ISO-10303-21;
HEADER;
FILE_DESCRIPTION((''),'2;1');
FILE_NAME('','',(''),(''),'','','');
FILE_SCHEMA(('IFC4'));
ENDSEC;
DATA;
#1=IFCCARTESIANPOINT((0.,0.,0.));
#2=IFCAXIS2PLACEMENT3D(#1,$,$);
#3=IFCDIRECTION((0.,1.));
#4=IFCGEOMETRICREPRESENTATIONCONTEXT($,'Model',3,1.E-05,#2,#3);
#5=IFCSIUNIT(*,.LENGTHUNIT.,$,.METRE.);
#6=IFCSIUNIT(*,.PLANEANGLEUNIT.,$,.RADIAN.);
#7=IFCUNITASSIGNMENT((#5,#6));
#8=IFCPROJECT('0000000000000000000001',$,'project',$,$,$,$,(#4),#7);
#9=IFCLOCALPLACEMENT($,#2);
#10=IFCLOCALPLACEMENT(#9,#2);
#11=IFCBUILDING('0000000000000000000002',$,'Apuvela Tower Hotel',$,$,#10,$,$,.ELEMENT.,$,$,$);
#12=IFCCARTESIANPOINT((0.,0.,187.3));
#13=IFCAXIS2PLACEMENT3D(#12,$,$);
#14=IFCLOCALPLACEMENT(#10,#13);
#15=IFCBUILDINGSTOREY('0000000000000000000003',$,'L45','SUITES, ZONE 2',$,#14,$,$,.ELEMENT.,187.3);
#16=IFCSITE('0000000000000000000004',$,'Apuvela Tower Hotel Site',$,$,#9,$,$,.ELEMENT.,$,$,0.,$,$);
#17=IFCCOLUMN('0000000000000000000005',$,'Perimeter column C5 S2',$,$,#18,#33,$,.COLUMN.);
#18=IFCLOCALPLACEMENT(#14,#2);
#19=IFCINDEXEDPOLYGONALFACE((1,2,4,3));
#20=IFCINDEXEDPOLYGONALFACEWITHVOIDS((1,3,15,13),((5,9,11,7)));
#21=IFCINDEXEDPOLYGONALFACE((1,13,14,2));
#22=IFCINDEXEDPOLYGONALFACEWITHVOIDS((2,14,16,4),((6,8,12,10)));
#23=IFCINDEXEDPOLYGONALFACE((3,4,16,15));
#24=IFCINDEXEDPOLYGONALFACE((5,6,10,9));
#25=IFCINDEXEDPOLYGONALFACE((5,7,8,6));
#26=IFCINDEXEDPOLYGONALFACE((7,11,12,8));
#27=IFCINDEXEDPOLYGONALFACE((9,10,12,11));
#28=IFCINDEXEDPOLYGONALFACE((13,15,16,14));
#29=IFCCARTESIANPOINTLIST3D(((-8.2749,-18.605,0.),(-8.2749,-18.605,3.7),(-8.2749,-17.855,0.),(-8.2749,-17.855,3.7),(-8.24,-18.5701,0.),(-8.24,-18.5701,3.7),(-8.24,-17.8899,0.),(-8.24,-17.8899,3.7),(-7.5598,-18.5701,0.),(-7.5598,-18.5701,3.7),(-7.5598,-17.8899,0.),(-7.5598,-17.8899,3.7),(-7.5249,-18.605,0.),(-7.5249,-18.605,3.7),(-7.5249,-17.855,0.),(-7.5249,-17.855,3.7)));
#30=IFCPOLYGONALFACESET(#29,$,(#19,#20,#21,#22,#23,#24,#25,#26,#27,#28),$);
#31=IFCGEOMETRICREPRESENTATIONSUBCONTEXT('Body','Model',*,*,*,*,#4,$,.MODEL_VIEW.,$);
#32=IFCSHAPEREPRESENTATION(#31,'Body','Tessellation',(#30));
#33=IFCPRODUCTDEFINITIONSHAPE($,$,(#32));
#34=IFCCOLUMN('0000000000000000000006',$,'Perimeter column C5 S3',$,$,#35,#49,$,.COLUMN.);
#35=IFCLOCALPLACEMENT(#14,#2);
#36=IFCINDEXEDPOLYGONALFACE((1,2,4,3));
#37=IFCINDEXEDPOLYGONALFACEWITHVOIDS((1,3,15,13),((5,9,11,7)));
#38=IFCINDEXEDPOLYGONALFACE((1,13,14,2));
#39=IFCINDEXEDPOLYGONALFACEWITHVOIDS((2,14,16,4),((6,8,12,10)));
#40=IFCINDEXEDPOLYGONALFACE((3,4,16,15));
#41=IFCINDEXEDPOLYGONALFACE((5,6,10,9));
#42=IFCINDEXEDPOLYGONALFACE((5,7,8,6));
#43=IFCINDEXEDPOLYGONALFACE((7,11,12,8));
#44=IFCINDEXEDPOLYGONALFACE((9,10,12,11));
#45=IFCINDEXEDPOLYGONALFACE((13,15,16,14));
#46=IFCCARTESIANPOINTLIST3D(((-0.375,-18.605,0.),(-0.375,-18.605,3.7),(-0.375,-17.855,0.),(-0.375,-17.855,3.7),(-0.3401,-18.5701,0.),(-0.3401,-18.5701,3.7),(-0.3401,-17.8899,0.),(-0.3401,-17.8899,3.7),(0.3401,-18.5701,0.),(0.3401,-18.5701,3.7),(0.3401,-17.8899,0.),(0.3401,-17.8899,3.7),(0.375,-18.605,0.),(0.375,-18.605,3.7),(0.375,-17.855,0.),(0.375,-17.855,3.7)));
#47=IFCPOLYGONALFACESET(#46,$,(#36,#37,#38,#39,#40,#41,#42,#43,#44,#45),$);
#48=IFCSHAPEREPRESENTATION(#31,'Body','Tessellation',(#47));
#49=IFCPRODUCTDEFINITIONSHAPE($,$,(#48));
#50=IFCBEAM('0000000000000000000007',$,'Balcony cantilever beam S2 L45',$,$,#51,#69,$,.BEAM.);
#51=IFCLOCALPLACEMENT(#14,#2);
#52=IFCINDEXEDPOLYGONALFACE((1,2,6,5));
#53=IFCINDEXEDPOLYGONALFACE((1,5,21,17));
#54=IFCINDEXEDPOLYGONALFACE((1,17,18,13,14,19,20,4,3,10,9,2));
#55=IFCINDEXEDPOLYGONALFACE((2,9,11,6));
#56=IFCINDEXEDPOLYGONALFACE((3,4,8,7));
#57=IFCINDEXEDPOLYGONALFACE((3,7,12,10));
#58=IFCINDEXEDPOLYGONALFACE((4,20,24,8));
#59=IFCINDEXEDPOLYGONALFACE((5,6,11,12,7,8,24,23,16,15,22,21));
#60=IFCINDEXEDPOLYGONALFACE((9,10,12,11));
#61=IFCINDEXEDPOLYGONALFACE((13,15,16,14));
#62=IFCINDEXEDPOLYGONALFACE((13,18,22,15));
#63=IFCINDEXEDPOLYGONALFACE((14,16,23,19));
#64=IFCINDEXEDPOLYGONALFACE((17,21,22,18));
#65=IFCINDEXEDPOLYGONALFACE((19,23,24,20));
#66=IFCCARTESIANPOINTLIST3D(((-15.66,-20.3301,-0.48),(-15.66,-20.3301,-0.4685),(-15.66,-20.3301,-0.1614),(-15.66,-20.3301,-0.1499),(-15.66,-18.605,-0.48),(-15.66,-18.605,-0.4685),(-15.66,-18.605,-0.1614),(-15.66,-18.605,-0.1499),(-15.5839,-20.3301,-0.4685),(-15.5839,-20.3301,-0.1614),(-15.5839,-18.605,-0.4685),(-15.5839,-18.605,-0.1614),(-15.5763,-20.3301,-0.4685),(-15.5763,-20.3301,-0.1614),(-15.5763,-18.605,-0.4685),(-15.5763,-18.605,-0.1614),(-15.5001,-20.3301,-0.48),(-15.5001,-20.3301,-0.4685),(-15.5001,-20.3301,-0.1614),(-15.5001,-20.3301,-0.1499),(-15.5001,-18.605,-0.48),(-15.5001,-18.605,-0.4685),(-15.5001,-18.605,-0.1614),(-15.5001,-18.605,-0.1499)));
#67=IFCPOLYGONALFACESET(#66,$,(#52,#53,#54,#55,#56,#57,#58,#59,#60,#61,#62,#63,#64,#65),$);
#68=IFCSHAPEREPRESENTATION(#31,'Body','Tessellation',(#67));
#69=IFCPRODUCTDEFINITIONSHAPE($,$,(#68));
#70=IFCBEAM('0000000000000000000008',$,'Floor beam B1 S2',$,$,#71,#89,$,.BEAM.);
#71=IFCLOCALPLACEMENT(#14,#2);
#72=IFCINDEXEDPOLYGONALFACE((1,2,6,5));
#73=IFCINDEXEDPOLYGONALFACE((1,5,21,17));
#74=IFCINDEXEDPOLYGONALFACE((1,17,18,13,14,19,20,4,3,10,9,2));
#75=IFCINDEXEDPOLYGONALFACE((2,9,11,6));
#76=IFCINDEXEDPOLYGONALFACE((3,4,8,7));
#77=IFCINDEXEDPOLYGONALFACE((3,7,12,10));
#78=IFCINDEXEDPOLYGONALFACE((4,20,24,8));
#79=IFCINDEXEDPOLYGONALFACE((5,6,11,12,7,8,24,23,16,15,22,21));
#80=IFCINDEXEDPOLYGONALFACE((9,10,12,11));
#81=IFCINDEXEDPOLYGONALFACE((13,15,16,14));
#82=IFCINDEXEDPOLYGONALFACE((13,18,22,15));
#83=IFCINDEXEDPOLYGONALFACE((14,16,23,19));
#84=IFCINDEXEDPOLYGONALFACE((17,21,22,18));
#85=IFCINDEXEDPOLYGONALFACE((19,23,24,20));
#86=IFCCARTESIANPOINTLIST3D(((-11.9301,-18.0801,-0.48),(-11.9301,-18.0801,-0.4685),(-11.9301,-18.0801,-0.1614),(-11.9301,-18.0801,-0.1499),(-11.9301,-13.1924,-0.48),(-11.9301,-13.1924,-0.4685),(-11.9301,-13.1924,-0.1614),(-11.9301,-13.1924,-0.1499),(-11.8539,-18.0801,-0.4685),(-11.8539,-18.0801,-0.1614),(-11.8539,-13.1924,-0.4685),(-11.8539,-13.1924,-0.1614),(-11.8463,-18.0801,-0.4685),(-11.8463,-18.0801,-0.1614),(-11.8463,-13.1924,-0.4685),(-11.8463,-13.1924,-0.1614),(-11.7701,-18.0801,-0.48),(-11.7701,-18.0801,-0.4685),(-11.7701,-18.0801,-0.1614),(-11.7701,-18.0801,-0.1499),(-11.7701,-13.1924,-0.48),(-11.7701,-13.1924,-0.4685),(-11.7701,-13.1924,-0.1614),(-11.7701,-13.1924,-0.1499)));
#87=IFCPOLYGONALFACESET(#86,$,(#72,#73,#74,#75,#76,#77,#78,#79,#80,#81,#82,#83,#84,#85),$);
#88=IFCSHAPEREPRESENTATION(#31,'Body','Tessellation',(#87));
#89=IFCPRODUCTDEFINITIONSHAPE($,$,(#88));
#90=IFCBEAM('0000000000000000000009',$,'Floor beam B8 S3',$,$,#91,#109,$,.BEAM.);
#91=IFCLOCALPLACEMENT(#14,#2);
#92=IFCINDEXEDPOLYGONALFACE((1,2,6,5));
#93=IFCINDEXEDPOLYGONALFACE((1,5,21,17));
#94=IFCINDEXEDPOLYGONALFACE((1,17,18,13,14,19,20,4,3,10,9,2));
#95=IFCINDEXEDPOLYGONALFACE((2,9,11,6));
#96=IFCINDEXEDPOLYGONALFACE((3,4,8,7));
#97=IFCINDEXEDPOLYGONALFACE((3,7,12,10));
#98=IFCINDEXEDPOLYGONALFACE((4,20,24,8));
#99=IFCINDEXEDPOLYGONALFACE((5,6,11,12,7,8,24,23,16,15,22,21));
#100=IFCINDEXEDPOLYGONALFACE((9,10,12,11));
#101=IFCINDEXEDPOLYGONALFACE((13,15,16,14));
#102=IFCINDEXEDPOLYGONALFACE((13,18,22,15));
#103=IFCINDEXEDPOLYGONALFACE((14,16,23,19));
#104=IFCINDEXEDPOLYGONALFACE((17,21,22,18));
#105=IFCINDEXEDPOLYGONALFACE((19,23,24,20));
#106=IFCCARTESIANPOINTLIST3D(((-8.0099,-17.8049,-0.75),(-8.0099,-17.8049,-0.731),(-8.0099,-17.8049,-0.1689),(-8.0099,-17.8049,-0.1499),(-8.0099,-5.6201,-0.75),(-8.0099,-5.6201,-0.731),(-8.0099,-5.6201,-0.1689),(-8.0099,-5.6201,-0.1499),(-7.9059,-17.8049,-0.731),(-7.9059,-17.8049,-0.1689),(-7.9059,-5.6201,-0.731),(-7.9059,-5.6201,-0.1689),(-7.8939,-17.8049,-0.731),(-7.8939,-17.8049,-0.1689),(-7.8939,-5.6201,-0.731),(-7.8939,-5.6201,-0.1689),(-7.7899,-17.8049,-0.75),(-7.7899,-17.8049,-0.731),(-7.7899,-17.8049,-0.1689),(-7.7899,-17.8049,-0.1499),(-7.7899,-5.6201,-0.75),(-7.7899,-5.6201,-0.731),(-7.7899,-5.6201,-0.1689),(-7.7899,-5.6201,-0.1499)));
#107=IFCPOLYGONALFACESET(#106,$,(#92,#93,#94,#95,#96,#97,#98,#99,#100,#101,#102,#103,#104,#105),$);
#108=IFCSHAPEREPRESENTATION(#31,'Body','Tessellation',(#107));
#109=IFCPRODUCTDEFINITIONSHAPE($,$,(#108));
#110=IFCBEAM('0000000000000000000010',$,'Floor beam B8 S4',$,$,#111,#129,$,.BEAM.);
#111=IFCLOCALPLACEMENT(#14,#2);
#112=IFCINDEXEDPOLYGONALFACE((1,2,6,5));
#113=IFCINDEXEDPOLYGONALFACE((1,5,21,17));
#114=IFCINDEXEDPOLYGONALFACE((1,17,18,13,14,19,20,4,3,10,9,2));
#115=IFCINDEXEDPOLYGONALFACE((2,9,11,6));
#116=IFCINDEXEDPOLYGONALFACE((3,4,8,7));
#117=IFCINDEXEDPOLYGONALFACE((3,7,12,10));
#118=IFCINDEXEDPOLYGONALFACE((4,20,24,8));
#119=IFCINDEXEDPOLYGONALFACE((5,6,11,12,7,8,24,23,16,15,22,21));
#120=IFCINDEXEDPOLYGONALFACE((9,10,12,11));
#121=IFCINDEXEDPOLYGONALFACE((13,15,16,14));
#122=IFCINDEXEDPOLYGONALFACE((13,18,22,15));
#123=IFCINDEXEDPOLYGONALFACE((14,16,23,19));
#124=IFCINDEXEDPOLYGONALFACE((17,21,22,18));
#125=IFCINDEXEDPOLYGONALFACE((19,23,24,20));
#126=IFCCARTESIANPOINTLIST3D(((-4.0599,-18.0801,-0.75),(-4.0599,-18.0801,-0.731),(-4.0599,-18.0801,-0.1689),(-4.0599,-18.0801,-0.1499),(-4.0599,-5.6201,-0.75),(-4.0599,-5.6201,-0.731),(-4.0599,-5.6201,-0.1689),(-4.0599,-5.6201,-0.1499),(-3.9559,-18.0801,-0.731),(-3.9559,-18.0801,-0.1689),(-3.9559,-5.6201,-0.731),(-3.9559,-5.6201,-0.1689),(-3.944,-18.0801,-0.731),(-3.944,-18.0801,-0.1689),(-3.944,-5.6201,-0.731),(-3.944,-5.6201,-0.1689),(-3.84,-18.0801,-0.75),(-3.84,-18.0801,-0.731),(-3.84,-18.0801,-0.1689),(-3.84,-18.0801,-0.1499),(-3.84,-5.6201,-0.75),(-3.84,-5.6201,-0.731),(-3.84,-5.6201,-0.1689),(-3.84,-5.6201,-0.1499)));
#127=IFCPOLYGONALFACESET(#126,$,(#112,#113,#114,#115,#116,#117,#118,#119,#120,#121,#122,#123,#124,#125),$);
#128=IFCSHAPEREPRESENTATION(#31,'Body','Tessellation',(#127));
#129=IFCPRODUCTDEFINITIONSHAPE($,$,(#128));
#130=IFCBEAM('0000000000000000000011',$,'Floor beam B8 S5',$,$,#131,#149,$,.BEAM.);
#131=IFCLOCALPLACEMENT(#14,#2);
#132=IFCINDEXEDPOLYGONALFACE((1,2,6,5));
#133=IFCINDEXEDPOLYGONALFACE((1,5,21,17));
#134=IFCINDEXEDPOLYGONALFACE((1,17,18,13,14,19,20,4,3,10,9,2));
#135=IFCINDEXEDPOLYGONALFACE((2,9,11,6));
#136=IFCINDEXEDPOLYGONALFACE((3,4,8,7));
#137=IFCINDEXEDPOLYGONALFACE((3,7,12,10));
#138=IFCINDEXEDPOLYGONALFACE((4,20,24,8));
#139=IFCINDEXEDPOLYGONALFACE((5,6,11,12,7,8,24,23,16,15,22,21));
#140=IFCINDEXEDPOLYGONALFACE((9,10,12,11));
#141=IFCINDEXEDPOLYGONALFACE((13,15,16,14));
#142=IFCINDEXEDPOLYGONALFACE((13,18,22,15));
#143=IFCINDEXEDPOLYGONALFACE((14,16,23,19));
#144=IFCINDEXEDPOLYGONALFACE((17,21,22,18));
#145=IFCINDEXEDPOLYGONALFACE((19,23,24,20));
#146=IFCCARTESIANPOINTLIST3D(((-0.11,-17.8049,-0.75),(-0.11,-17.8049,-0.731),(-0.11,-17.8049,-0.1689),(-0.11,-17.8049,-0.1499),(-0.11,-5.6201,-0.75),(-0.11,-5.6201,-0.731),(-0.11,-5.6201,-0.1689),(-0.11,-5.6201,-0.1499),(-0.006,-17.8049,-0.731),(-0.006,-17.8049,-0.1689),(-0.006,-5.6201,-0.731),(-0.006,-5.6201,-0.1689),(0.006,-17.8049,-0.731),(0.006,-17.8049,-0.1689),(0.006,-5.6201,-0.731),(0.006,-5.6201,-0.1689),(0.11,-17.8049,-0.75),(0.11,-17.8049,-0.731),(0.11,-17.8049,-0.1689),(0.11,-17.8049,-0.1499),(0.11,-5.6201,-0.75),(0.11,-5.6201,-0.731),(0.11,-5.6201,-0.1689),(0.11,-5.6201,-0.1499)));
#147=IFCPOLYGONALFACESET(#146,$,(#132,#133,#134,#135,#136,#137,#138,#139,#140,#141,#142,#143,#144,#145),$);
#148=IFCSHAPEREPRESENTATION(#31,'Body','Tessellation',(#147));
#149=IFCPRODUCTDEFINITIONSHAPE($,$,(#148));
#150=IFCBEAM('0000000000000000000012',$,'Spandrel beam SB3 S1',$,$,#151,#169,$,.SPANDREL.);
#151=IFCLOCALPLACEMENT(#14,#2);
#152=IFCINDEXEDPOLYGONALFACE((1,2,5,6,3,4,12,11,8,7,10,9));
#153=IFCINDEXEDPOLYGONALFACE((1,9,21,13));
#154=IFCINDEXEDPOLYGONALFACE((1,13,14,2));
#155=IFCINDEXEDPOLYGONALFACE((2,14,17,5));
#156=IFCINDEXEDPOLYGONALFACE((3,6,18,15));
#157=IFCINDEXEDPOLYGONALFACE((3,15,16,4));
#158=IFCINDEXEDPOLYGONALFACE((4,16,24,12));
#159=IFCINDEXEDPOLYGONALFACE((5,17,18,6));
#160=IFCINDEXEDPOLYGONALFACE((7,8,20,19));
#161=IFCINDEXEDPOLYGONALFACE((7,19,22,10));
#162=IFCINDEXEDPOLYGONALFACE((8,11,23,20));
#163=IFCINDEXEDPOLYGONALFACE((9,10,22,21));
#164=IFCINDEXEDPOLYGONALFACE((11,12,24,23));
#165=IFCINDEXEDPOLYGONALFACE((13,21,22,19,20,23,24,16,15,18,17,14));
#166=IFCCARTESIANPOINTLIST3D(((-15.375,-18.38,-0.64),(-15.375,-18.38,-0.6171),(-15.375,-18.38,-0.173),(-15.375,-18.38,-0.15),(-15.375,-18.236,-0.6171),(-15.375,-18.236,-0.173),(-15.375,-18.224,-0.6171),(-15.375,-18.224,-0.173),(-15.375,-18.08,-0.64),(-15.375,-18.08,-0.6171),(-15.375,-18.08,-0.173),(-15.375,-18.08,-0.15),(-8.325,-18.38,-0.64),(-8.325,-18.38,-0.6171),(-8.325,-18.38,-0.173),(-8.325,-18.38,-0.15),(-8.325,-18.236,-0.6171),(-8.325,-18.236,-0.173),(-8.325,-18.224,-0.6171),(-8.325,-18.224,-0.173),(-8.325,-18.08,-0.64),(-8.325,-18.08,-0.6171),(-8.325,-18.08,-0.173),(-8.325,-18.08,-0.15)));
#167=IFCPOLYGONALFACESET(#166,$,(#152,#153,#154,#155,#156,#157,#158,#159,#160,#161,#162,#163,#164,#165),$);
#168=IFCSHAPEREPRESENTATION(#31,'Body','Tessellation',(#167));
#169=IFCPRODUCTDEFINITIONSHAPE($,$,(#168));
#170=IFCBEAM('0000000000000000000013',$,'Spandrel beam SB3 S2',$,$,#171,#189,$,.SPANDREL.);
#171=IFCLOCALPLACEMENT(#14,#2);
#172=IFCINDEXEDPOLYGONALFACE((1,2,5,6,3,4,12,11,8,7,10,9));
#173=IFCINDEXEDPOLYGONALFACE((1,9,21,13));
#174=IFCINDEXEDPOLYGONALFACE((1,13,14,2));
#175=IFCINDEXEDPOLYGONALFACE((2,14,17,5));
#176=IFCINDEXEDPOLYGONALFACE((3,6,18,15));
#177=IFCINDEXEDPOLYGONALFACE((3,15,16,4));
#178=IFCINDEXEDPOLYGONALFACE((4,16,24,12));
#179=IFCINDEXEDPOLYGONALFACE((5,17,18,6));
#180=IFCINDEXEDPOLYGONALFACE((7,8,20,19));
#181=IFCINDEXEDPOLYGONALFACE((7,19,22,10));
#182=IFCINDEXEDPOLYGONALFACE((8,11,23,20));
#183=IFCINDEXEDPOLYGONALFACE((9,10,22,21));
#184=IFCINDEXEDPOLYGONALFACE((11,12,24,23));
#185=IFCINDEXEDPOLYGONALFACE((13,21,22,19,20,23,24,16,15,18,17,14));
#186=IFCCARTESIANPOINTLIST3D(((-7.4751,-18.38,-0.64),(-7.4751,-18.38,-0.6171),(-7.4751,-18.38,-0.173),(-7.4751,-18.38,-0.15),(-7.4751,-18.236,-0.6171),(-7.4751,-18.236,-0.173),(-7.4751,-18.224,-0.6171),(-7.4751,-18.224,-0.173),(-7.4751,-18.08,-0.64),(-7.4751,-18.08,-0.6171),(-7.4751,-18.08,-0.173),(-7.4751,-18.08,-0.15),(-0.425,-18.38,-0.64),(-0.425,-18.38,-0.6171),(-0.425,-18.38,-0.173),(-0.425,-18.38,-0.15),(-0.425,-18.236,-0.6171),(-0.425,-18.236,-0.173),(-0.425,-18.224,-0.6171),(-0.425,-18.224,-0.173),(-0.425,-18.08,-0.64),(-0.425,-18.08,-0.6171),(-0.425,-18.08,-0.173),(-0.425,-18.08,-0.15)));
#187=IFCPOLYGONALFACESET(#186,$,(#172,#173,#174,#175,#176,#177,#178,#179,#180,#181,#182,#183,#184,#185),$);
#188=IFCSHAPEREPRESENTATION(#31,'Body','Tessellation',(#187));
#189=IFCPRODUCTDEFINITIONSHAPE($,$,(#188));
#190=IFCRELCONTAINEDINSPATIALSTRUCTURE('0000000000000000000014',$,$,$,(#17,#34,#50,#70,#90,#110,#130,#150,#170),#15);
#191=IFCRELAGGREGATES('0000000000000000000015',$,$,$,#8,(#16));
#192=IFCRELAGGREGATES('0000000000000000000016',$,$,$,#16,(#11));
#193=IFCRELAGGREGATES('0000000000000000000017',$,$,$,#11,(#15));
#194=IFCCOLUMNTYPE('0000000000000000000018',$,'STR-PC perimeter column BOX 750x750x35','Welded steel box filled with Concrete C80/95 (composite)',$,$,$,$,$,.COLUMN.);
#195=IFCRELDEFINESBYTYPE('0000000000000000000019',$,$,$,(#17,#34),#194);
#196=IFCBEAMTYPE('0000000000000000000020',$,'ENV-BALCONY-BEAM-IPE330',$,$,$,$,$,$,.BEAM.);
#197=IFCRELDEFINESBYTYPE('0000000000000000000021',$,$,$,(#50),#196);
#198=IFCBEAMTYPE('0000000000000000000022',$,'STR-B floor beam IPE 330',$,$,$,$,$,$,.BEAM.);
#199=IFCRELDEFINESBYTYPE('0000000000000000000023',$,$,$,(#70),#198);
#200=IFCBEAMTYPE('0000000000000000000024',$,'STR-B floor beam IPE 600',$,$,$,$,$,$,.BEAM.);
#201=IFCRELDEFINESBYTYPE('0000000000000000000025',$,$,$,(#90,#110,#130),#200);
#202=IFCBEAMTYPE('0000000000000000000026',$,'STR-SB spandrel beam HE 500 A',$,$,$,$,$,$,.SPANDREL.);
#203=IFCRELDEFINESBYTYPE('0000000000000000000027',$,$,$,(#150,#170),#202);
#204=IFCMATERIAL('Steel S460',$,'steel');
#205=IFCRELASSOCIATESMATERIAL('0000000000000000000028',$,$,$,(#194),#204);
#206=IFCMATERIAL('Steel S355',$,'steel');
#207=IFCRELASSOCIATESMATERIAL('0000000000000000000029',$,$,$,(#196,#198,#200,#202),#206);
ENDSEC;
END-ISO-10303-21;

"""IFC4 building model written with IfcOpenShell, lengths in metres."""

from ifc_helpers import new_model, si_unit, direction, frame, origin, origin_2d, place, context, subcontext, project, spatial, rectangle, hollow_rectangle, i_section, extrude, material, material_profile, profile_set, type_object, element, save


model = new_model("IFC4")

# Units and contexts
model_context = context("Model", 3, precision=1e-05, world=origin(), true_north=direction((0.0, 1.0)))
body_context = subcontext(model_context, "Body", "Model", "MODEL_VIEW")
ifc_project = project(units=[si_unit("LENGTHUNIT", "METRE"), si_unit("PLANEANGLEUNIT", "RADIAN")], contexts=[model_context])

# Site, building, storey
site_placement = place(None, origin())
site = spatial("IfcSite", under=ifc_project, at=site_placement, Name="Apuvela Tower Hotel Site", CompositionType="ELEMENT", RefElevation=0.0)
building_placement = place(site_placement, origin())
building = spatial("IfcBuilding", under=site, at=building_placement, Name="Apuvela Tower Hotel", CompositionType="ELEMENT")
storey_placement = place(building_placement, frame((0.0, 0.0, 187.3)))
storey = spatial("IfcBuildingStorey", under=building, at=storey_placement, Name="L45", Description="SUITES, ZONE 2", CompositionType="ELEMENT", Elevation=187.3)

# Columns
ifc_material_1 = material(Name="Steel S460", Category="steel")
ifc_material_profile_1 = material_profile(ifc_material_1, hollow_rectangle(XDim=0.75, YDim=0.75, WallThickness=0.0349, at=origin_2d()), Name="BOX 750x750x35")
ifc_material_2 = material(Name="Concrete C80/95", Category="concrete")
ifc_material_profile_2 = material_profile(ifc_material_2, rectangle(XDim=0.6799, YDim=0.6799, at=origin_2d()), Name="Concrete C80/95 infill")
ifc_profile_set_1 = profile_set([ifc_material_profile_1, ifc_material_profile_2], Name="Steel S460")
column_type = type_object("IfcColumnType", Name="STR-PC perimeter column BOX 750x750x35", Description="Welded steel box filled with Concrete C80/95 (composite)", PredefinedType="COLUMN", material=ifc_profile_set_1)
for number, where, z_axis, x_axis, name in (
    (1, (-7.8999, -18.23, 0.0), (0.0, 0.0, 1.0), (-1.0, 0.0, 0.0), "Perimeter column C5 S2"),
    (2, (0.0, -18.23, 0.0), (0.0, 0.0, 1.0), (-1.0, 0.0, 0.0), "Perimeter column C5 S3"),
):
    element("IfcColumn", number, at=place(storey_placement, frame(where, z_axis=z_axis, x_axis=x_axis)), inside=storey, type_object=column_type, Name=name, PredefinedType="COLUMN", context=body_context, shape_type="SweptSolid", body=[
        extrude(hollow_rectangle(XDim=0.75, YDim=0.75, WallThickness=0.0349, at=origin_2d()), origin(), (0.0, 0.0, 1.0), 3.7),
    ])

# Beams
ifc_material_3 = material(Name="Steel S355", Category="steel")
ifc_material_profile_3 = material_profile(ifc_material_3, i_section(OverallWidth=0.1599, OverallDepth=0.3301, WebThickness=0.0076, FlangeThickness=0.0115, at=origin_2d()), Name="IPE 330")
ifc_profile_set_2 = profile_set([ifc_material_profile_3], Name="Steel S355")
beam_type_1 = type_object("IfcBeamType", Name="ENV-BALCONY-BEAM-IPE330", PredefinedType="BEAM", material=ifc_profile_set_2)
beam_1_placement = place(storey_placement, frame((-15.5801, -18.605, -0.3149), z_axis=(0.0, -1.0, 0.0), x_axis=(1.0, 0.0, 0.0)))
element("IfcBeam", 3, at=beam_1_placement, inside=storey, type_object=beam_type_1, Name="Balcony cantilever beam S2 L45", PredefinedType="BEAM", context=body_context, shape_type="SweptSolid", body=[
    extrude(i_section(OverallWidth=0.1599, OverallDepth=0.3301, WebThickness=0.0076, FlangeThickness=0.0115, at=origin_2d()), origin(), (0.0, 0.0, 1.0), 1.7251),
])
ifc_material_profile_4 = material_profile(ifc_material_3, i_section(OverallWidth=0.1599, OverallDepth=0.3301, WebThickness=0.0076, FlangeThickness=0.0115, at=origin_2d()), Name="IPE 330")
ifc_profile_set_3 = profile_set([ifc_material_profile_4], Name="Steel S355")
beam_type_2 = type_object("IfcBeamType", Name="STR-B floor beam IPE 330", PredefinedType="BEAM", material=ifc_profile_set_3)
beam_2_placement = place(storey_placement, frame((-11.8501, -18.0801, -0.3149), z_axis=(0.0, 1.0, 0.0), x_axis=(-1.0, 0.0, 0.0)))
element("IfcBeam", 4, at=beam_2_placement, inside=storey, type_object=beam_type_2, Name="Floor beam B1 S2", PredefinedType="BEAM", context=body_context, shape_type="SweptSolid", body=[
    extrude(i_section(OverallWidth=0.1599, OverallDepth=0.3301, WebThickness=0.0076, FlangeThickness=0.0115, at=origin_2d()), origin(), (0.0, 0.0, 1.0), 4.8877),
])
ifc_material_profile_5 = material_profile(ifc_material_3, i_section(OverallWidth=0.22, OverallDepth=0.6001, WebThickness=0.012, FlangeThickness=0.019, at=origin_2d()), Name="IPE 600")
ifc_profile_set_4 = profile_set([ifc_material_profile_5], Name="Steel S355")
beam_type_3 = type_object("IfcBeamType", Name="STR-B floor beam IPE 600", PredefinedType="BEAM", material=ifc_profile_set_4)
beam_3_placement = place(storey_placement, frame((-7.8999, -17.8049, -0.45), z_axis=(0.0, 1.0, 0.0), x_axis=(-1.0, 0.0, 0.0)))
element("IfcBeam", 5, at=beam_3_placement, inside=storey, type_object=beam_type_3, Name="Floor beam B8 S3", PredefinedType="BEAM", context=body_context, shape_type="SweptSolid", body=[
    extrude(i_section(OverallWidth=0.22, OverallDepth=0.6001, WebThickness=0.012, FlangeThickness=0.019, at=origin_2d()), origin(), (0.0, 0.0, 1.0), 12.1848),
])
beam_4_placement = place(storey_placement, frame((-3.95, -18.0801, -0.45), z_axis=(0.0, 1.0, 0.0), x_axis=(-1.0, 0.0, 0.0)))
element("IfcBeam", 6, at=beam_4_placement, inside=storey, type_object=beam_type_3, Name="Floor beam B8 S4", PredefinedType="BEAM", context=body_context, shape_type="SweptSolid", body=[
    extrude(i_section(OverallWidth=0.22, OverallDepth=0.6001, WebThickness=0.012, FlangeThickness=0.019, at=origin_2d()), origin(), (0.0, 0.0, 1.0), 12.46),
])
beam_5_placement = place(storey_placement, frame((0.0, -17.8049, -0.45), z_axis=(0.0, 1.0, 0.0), x_axis=(-1.0, 0.0, 0.0)))
element("IfcBeam", 7, at=beam_5_placement, inside=storey, type_object=beam_type_3, Name="Floor beam B8 S5", PredefinedType="BEAM", context=body_context, shape_type="SweptSolid", body=[
    extrude(i_section(OverallWidth=0.22, OverallDepth=0.6001, WebThickness=0.012, FlangeThickness=0.019, at=origin_2d()), origin(), (0.0, 0.0, 1.0), 12.1848),
])
ifc_material_profile_6 = material_profile(ifc_material_3, i_section(OverallWidth=0.3, OverallDepth=0.49, WebThickness=0.012, FlangeThickness=0.0229, at=origin_2d()), Name="HE 500 A")
ifc_profile_set_5 = profile_set([ifc_material_profile_6], Name="Steel S355")
beam_type_4 = type_object("IfcBeamType", Name="STR-SB spandrel beam HE 500 A", PredefinedType="SPANDREL", material=ifc_profile_set_5)
for number, where, z_axis, x_axis, name in (
    (8, (-15.375, -18.23, -0.395), (1.0, 0.0, 0.0), (0.0, 1.0, 0.0), "Spandrel beam SB3 S1"),
    (9, (-7.4751, -18.23, -0.395), (1.0, 0.0, 0.0), (0.0, 1.0, 0.0), "Spandrel beam SB3 S2"),
):
    element("IfcBeam", number, at=place(storey_placement, frame(where, z_axis=z_axis, x_axis=x_axis)), inside=storey, type_object=beam_type_4, Name=name, PredefinedType="SPANDREL", context=body_context, shape_type="SweptSolid", body=[
        extrude(i_section(OverallWidth=0.3, OverallDepth=0.49, WebThickness=0.012, FlangeThickness=0.0229, at=origin_2d()), origin(), (0.0, 0.0, 1.0), 7.05),
    ])

save(model, "model.ifc")
